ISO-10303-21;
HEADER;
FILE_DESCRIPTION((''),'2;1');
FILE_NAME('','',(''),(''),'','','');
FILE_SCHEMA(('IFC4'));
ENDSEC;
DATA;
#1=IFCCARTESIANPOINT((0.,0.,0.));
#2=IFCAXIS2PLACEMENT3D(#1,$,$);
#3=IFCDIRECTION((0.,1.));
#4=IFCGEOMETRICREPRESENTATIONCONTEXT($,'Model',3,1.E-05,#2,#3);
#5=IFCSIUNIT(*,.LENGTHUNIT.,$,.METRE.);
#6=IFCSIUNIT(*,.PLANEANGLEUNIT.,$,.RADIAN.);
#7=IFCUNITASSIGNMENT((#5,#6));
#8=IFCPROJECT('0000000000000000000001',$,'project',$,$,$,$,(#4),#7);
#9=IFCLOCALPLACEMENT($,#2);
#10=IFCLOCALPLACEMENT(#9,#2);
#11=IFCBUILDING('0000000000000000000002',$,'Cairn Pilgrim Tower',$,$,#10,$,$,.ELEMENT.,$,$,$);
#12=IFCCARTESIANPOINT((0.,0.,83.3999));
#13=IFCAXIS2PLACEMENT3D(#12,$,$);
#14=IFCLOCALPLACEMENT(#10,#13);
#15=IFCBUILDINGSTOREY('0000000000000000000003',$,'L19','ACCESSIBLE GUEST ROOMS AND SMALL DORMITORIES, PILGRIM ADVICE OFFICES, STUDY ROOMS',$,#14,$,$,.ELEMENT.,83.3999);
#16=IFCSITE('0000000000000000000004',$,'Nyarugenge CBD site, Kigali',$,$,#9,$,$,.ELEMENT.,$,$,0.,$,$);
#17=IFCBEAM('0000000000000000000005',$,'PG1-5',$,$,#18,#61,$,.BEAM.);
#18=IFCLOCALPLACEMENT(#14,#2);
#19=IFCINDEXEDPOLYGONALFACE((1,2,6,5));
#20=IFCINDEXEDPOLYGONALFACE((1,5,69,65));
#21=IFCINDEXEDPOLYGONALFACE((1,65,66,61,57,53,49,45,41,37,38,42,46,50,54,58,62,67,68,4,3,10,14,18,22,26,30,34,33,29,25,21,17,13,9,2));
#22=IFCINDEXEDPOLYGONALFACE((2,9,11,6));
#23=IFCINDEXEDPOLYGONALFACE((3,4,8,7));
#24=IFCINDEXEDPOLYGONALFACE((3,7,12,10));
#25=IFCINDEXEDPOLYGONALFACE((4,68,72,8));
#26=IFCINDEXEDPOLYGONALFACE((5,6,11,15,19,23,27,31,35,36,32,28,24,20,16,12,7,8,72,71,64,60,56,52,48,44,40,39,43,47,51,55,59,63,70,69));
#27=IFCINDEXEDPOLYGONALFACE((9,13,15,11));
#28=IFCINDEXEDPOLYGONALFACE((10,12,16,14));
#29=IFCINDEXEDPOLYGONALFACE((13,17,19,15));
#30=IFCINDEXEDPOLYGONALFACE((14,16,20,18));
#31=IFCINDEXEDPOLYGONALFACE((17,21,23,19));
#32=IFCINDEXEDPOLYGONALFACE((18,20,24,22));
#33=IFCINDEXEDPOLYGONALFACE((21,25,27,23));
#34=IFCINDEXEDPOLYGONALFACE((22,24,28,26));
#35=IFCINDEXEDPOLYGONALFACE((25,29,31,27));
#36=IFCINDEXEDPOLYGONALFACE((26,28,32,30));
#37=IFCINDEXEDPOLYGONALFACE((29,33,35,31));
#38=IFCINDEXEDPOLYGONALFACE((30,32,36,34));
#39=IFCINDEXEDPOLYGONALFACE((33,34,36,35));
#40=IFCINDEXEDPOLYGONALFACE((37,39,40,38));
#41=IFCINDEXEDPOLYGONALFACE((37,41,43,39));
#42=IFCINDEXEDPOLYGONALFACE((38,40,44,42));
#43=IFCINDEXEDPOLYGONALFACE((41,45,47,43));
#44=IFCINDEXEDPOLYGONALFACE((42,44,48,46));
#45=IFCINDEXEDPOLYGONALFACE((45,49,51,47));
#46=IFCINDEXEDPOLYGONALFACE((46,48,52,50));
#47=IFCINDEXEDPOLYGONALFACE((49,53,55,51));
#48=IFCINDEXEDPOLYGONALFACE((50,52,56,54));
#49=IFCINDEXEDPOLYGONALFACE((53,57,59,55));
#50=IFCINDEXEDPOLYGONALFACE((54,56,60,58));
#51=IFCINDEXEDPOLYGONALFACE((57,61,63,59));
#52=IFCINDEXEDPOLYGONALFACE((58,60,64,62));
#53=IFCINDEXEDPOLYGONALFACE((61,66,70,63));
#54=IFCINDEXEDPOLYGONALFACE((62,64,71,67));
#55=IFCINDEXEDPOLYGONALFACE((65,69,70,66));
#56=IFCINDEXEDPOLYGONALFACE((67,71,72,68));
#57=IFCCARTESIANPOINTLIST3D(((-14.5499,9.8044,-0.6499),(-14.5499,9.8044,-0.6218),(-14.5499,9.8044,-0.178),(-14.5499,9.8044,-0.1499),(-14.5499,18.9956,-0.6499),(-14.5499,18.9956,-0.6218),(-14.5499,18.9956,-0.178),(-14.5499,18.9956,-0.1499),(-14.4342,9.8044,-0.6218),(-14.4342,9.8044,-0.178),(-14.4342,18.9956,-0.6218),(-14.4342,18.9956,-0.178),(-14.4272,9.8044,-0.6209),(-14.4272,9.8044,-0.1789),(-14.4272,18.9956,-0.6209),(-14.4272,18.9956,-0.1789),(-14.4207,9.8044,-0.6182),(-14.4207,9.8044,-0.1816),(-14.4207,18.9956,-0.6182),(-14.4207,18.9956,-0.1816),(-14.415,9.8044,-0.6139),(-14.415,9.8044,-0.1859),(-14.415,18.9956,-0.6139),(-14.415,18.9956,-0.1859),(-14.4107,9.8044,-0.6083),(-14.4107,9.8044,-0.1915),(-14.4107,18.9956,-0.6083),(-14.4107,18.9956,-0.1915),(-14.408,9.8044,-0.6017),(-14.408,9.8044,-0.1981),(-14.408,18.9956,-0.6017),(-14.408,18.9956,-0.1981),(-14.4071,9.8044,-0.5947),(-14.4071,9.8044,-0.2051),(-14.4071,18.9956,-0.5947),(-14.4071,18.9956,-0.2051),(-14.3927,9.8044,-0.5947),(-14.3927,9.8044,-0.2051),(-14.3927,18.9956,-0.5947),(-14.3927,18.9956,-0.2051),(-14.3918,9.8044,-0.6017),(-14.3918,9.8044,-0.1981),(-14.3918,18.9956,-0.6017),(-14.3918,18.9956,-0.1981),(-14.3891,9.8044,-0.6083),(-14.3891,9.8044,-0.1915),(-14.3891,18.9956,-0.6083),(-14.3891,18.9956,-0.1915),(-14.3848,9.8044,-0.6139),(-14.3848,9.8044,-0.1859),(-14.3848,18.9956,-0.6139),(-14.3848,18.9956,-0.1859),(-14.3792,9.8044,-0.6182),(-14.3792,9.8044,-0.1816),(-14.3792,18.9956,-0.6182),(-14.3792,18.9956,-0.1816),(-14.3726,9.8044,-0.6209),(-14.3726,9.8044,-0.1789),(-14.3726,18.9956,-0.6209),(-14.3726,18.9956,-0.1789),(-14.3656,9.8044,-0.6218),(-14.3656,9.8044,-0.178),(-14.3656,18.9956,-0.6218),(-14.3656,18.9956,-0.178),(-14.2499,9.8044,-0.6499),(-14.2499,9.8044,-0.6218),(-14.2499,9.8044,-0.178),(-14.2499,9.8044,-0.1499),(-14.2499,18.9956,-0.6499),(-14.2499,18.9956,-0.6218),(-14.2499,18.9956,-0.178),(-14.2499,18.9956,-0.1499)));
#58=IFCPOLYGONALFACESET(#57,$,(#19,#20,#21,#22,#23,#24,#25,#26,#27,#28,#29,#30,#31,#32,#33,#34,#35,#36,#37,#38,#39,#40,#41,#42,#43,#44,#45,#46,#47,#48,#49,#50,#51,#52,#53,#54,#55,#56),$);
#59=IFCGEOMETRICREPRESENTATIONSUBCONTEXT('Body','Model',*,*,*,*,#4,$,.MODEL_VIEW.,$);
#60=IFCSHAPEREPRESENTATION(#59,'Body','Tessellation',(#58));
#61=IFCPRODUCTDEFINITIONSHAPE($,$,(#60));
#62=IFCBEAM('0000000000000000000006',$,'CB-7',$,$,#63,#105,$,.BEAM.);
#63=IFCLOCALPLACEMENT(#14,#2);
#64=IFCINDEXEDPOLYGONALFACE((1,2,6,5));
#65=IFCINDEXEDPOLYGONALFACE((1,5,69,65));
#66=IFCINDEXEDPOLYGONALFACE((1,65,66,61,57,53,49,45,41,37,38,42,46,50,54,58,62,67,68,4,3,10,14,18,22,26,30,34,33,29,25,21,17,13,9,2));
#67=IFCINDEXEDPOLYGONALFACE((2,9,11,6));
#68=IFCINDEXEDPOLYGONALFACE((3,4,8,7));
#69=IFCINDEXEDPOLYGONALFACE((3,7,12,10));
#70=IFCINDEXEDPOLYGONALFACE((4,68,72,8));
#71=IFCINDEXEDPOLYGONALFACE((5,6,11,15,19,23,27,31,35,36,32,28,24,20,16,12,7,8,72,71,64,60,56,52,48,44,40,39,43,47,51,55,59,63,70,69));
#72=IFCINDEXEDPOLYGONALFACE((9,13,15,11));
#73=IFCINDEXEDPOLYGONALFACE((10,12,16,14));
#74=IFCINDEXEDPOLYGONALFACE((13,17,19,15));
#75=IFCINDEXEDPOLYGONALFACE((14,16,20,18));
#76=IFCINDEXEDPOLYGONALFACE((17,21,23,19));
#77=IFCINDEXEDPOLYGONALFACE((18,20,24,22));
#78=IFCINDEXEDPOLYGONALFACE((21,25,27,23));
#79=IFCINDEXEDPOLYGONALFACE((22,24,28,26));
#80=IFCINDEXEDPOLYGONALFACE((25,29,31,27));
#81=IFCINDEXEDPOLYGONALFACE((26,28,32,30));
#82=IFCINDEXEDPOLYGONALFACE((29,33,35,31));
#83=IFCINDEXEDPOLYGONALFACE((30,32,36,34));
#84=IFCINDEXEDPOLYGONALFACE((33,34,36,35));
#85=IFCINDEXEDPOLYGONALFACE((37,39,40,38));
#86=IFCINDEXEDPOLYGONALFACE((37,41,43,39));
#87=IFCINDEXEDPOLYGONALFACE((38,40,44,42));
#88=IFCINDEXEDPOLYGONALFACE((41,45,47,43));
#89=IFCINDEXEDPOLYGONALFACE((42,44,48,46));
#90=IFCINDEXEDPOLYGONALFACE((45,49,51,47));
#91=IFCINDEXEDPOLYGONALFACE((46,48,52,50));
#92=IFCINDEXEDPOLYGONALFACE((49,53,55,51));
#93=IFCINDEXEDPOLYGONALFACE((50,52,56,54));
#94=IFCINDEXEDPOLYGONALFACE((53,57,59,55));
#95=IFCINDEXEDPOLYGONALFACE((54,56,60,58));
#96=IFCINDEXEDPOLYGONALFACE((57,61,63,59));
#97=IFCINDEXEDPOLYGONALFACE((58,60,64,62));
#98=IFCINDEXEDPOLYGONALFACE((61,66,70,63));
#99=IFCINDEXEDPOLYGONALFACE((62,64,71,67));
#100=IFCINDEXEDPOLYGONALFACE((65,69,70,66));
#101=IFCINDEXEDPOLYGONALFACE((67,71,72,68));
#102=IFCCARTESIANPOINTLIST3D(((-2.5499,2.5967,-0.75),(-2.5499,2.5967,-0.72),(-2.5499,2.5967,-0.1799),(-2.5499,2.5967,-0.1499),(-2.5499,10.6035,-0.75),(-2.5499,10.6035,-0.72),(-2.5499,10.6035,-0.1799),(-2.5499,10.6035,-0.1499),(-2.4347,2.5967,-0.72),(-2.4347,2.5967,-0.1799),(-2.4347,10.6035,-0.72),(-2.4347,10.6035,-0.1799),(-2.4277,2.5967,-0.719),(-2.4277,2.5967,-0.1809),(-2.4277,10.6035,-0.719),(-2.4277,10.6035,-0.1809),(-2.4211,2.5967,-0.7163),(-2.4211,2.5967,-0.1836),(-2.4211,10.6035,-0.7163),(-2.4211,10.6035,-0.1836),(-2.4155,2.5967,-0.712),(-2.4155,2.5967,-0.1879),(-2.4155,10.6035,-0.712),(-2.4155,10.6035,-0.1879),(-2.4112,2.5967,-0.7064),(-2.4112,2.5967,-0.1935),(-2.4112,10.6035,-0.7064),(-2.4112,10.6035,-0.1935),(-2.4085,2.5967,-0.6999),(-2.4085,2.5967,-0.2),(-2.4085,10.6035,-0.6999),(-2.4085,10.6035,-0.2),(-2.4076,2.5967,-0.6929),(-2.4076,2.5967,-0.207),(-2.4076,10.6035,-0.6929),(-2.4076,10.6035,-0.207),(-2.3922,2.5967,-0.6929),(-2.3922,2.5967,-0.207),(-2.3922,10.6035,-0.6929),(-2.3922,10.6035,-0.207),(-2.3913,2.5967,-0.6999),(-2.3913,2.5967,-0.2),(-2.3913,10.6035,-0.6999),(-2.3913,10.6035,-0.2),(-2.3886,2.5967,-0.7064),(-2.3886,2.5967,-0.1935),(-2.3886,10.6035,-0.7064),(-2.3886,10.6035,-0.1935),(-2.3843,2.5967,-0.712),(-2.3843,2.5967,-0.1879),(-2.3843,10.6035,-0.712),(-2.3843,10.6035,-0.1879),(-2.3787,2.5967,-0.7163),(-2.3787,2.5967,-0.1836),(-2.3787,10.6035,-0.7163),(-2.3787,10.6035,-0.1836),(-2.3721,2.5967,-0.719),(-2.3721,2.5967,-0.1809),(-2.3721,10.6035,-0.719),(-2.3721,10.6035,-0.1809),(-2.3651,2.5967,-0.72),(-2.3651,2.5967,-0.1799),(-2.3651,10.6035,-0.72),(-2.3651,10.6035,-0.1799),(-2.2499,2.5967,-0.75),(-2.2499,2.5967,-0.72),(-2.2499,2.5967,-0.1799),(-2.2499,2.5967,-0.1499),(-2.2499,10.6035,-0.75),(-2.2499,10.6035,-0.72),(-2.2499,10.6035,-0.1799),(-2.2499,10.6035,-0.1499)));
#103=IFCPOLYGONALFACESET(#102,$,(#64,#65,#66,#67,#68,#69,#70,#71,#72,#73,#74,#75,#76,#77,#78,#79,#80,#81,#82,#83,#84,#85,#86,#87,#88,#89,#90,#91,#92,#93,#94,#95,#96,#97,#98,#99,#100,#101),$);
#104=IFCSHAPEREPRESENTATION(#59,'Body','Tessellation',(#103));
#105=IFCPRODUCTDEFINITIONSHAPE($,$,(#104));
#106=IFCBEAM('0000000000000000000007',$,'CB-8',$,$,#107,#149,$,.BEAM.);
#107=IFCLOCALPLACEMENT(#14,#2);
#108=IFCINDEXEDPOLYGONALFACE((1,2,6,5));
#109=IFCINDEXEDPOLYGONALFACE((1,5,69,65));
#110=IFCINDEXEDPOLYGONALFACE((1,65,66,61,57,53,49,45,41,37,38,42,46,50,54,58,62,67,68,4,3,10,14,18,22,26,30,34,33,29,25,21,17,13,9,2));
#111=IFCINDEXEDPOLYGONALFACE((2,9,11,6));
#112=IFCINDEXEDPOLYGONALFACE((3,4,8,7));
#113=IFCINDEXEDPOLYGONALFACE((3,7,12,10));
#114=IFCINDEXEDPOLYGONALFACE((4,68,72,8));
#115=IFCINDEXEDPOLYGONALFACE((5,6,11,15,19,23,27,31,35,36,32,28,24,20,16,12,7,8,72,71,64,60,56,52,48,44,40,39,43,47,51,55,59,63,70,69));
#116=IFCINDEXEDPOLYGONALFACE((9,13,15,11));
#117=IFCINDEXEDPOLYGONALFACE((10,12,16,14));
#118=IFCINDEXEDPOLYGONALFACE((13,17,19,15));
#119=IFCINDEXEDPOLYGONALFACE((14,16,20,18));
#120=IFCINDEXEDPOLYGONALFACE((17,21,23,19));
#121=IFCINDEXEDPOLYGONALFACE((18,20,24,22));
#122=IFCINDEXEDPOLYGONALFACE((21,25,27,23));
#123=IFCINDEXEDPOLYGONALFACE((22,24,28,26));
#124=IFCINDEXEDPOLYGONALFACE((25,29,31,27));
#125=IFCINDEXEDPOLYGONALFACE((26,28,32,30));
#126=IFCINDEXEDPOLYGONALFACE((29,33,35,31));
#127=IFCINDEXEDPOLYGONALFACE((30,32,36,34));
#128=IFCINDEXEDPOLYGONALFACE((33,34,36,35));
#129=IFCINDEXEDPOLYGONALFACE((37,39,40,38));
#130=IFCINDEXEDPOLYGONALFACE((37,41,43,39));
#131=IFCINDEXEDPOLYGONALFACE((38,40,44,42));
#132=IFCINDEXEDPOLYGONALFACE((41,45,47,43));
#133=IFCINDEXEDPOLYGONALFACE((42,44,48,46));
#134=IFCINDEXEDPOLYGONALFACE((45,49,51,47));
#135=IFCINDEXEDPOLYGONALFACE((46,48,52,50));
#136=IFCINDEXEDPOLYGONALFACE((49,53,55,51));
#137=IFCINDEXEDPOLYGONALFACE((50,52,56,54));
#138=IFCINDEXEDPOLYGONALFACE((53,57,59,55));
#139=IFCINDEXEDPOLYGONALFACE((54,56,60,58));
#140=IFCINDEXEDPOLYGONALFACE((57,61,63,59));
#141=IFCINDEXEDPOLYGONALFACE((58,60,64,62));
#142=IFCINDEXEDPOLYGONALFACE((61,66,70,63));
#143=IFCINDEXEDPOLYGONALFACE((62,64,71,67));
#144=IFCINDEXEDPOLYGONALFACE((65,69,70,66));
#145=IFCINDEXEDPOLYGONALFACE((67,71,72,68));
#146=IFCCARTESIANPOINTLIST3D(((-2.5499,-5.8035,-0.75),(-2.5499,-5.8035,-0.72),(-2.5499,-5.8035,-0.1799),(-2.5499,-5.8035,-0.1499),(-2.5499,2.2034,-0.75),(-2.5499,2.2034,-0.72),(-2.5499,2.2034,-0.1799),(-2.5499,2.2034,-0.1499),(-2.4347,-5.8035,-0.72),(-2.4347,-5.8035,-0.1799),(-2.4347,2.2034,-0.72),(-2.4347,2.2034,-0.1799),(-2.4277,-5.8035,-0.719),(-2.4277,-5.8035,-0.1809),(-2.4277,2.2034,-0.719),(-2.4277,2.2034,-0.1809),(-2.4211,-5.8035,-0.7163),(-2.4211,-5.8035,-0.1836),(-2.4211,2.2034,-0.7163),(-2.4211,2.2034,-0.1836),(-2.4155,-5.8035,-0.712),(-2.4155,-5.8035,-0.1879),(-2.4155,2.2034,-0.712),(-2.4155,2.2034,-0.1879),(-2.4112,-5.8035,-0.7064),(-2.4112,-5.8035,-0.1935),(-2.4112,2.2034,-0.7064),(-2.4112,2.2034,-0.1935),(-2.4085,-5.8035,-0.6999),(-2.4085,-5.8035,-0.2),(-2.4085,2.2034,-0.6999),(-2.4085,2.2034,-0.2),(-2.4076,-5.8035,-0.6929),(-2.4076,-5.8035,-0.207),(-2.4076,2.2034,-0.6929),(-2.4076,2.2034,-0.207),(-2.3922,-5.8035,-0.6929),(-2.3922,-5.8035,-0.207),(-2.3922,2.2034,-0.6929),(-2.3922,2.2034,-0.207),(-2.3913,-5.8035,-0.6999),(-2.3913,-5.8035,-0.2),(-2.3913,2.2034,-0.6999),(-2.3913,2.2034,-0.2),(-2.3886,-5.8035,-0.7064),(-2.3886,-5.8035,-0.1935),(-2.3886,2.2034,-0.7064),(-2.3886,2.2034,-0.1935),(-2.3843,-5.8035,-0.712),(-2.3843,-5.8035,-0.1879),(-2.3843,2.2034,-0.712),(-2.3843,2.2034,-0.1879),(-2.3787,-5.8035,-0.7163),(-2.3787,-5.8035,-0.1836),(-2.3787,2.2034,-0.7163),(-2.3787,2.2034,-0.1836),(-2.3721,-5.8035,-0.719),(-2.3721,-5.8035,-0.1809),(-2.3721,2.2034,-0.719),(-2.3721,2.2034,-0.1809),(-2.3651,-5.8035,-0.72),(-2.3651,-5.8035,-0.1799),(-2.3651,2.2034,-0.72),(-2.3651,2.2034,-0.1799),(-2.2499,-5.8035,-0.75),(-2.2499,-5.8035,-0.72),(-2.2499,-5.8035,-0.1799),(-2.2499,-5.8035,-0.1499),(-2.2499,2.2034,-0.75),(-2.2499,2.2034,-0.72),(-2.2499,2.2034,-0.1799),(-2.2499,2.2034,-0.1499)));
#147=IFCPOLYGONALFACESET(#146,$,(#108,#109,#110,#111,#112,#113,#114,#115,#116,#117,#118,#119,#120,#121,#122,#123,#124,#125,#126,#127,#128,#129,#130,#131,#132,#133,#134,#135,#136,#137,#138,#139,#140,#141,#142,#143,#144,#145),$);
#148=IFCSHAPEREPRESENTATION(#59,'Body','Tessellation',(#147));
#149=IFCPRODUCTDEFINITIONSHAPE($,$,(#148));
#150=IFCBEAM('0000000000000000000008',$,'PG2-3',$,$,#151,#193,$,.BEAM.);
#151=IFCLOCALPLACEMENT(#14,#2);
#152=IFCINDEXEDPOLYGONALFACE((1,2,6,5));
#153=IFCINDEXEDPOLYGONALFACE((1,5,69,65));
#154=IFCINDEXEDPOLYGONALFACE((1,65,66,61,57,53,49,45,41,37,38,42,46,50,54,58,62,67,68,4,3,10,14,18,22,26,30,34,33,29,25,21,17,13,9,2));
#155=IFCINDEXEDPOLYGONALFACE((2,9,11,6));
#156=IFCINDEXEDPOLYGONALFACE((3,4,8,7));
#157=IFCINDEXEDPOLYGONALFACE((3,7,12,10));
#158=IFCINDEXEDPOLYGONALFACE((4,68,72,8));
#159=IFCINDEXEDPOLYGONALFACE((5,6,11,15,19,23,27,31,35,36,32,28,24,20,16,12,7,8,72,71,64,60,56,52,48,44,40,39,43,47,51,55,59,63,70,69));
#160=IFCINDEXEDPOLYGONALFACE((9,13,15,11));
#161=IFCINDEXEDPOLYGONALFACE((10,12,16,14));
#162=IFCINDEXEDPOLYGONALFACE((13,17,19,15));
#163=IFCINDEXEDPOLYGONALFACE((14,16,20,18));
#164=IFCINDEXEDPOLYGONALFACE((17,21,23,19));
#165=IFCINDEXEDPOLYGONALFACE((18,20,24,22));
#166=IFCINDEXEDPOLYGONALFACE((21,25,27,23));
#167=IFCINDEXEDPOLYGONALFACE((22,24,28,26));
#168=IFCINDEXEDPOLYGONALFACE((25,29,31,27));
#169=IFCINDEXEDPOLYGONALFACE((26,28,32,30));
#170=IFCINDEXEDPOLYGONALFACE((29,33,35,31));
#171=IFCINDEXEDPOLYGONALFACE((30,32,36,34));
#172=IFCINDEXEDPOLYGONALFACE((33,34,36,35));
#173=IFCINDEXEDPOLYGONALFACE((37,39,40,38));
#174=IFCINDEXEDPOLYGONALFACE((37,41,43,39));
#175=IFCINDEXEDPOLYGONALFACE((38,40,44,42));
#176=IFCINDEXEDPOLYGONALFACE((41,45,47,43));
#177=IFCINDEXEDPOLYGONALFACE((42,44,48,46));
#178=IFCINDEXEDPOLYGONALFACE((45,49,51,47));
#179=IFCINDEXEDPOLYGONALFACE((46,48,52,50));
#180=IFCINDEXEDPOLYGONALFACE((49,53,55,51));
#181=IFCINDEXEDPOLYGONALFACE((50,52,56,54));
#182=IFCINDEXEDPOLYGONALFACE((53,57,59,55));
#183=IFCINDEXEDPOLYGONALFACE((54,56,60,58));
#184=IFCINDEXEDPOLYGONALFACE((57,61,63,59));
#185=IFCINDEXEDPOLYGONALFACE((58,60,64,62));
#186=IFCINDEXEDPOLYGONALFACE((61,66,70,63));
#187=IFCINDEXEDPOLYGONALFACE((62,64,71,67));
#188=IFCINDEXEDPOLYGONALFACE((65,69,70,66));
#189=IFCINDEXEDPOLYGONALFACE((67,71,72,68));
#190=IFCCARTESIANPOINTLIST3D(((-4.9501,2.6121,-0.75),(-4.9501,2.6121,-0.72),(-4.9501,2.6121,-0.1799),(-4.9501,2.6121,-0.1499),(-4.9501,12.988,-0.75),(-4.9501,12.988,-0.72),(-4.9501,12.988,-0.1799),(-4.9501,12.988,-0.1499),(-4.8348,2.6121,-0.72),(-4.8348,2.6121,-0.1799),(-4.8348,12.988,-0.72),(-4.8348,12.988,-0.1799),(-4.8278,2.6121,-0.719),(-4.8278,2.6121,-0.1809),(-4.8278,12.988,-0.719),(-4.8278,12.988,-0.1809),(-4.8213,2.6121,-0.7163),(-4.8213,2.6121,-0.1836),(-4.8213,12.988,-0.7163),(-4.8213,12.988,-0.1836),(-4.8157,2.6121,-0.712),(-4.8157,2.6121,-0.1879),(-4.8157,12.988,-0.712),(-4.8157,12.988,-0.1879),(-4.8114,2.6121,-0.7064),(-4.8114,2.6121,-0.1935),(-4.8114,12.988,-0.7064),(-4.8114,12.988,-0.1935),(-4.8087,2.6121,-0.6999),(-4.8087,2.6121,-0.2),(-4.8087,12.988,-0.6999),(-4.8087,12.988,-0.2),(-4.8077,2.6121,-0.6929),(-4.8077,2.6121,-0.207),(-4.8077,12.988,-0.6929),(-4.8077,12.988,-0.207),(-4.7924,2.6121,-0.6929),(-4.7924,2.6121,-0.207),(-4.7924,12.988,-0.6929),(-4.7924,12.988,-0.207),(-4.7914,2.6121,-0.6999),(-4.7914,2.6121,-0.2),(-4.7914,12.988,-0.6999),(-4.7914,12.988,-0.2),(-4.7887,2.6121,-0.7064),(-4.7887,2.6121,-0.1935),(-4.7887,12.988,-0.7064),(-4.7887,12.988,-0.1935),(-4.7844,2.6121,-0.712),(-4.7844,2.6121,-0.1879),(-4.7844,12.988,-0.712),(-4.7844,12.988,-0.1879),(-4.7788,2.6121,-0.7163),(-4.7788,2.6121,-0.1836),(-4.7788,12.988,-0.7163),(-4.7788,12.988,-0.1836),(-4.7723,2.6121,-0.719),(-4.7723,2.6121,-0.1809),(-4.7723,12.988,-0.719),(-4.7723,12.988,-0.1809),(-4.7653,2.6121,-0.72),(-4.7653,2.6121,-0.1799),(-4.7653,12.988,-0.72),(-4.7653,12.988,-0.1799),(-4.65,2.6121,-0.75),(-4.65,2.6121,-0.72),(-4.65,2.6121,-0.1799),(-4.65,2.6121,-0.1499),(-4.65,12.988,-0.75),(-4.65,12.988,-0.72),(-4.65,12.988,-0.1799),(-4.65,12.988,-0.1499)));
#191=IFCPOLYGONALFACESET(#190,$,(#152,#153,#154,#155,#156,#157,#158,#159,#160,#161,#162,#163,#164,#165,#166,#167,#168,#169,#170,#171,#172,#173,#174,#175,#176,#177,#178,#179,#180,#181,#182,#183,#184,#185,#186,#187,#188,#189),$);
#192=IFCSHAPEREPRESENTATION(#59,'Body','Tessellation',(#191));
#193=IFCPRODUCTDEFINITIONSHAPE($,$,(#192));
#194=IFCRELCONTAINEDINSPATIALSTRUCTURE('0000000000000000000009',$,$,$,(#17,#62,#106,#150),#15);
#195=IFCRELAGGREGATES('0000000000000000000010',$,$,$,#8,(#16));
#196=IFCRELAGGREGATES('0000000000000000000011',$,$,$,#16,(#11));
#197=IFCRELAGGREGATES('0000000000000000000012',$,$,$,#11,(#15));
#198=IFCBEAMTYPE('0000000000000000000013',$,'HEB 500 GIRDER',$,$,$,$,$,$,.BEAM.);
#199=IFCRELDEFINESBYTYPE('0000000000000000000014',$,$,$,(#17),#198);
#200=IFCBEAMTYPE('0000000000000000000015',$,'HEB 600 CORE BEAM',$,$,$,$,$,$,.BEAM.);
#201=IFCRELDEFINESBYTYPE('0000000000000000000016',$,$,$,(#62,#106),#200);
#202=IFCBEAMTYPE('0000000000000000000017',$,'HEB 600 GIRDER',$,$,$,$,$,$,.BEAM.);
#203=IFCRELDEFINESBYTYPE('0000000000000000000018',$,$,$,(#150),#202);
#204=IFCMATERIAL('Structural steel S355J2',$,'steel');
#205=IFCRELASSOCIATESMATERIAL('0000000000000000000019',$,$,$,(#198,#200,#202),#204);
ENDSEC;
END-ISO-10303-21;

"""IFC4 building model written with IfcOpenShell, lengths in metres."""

from ifc_helpers import new_model, si_unit, direction, frame, origin, origin_2d, place, context, subcontext, project, spatial, i_section, extrude, material, material_profile, profile_set, type_object, element, save


model = new_model("IFC4")

# Units and contexts
model_context = context("Model", 3, precision=1e-05, world=origin(), true_north=direction((0.0, 1.0)))
body_context = subcontext(model_context, "Body", "Model", "MODEL_VIEW")
ifc_project = project(units=[si_unit("LENGTHUNIT", "METRE"), si_unit("PLANEANGLEUNIT", "RADIAN")], contexts=[model_context])

# Site, building, storey
site_placement = place(None, origin())
site = spatial("IfcSite", under=ifc_project, at=site_placement, Name="Nyarugenge CBD site, Kigali", CompositionType="ELEMENT", RefElevation=0.0)
building_placement = place(site_placement, origin())
building = spatial("IfcBuilding", under=site, at=building_placement, Name="Cairn Pilgrim Tower", CompositionType="ELEMENT")
storey_placement = place(building_placement, frame((0.0, 0.0, 83.3999)))
storey = spatial("IfcBuildingStorey", under=building, at=storey_placement, Name="L19", Description="ACCESSIBLE GUEST ROOMS AND SMALL DORMITORIES, PILGRIM ADVICE OFFICES, STUDY ROOMS", CompositionType="ELEMENT", Elevation=83.3999)

# Beams
ifc_material_1 = material(Name="Structural steel S355J2", Category="steel")
ifc_material_profile_1 = material_profile(ifc_material_1, i_section(OverallWidth=0.3, OverallDepth=0.5, WebThickness=0.0144, FlangeThickness=0.0281, FilletRadius=0.0271, at=origin_2d()), Name="HEB 500")
ifc_profile_set_1 = profile_set([ifc_material_profile_1], Name="Structural steel S355J2")
beam_type_1 = type_object("IfcBeamType", Name="HEB 500 GIRDER", PredefinedType="BEAM", material=ifc_profile_set_1)
beam_1_placement = place(storey_placement, frame((-14.3999, 9.8044, -0.3999), z_axis=(0.0, 1.0, 0.0), x_axis=(-1.0, 0.0, 0.0)))
element("IfcBeam", 1, at=beam_1_placement, inside=storey, type_object=beam_type_1, Name="PG1-5", PredefinedType="BEAM", context=body_context, shape_type="SweptSolid", body=[
    extrude(i_section(OverallWidth=0.3, OverallDepth=0.5, WebThickness=0.0144, FlangeThickness=0.0281, FilletRadius=0.0271, at=origin_2d()), origin(), (0.0, 0.0, 1.0), 9.1912),
])
ifc_material_profile_2 = material_profile(ifc_material_1, i_section(OverallWidth=0.3, OverallDepth=0.6001, WebThickness=0.0154, FlangeThickness=0.03, FilletRadius=0.0271, at=origin_2d()), Name="HEB 600")
ifc_profile_set_2 = profile_set([ifc_material_profile_2], Name="Structural steel S355J2")
beam_type_2 = type_object("IfcBeamType", Name="HEB 600 CORE BEAM", PredefinedType="BEAM", material=ifc_profile_set_2)
for number, where, z_axis, x_axis, name in (
    (2, (-2.3999, 10.6035, -0.45), (0.0, -1.0, 0.0), (1.0, 0.0, 0.0), "CB-7"),
    (3, (-2.3999, 2.2034, -0.45), (0.0, -1.0, 0.0), (1.0, 0.0, 0.0), "CB-8"),
):
    element("IfcBeam", number, at=place(storey_placement, frame(where, z_axis=z_axis, x_axis=x_axis)), inside=storey, type_object=beam_type_2, Name=name, PredefinedType="BEAM", context=body_context, shape_type="SweptSolid", body=[
        extrude(i_section(OverallWidth=0.3, OverallDepth=0.6001, WebThickness=0.0154, FlangeThickness=0.03, FilletRadius=0.0271, at=origin_2d()), origin(), (0.0, 0.0, 1.0), 8.0068),
    ])
ifc_material_profile_3 = material_profile(ifc_material_1, i_section(OverallWidth=0.3, OverallDepth=0.6001, WebThickness=0.0154, FlangeThickness=0.03, FilletRadius=0.0271, at=origin_2d()), Name="HEB 600")
ifc_profile_set_3 = profile_set([ifc_material_profile_3], Name="Structural steel S355J2")
beam_type_3 = type_object("IfcBeamType", Name="HEB 600 GIRDER", PredefinedType="BEAM", material=ifc_profile_set_3)
beam_2_placement = place(storey_placement, frame((-4.8, 2.6121, -0.45), z_axis=(0.0, 1.0, 0.0), x_axis=(-1.0, 0.0, 0.0)))
element("IfcBeam", 4, at=beam_2_placement, inside=storey, type_object=beam_type_3, Name="PG2-3", PredefinedType="BEAM", context=body_context, shape_type="SweptSolid", body=[
    extrude(i_section(OverallWidth=0.3, OverallDepth=0.6001, WebThickness=0.0154, FlangeThickness=0.03, FilletRadius=0.0271, at=origin_2d()), origin(), (0.0, 0.0, 1.0), 10.376),
])

save(model, "model.ifc")
